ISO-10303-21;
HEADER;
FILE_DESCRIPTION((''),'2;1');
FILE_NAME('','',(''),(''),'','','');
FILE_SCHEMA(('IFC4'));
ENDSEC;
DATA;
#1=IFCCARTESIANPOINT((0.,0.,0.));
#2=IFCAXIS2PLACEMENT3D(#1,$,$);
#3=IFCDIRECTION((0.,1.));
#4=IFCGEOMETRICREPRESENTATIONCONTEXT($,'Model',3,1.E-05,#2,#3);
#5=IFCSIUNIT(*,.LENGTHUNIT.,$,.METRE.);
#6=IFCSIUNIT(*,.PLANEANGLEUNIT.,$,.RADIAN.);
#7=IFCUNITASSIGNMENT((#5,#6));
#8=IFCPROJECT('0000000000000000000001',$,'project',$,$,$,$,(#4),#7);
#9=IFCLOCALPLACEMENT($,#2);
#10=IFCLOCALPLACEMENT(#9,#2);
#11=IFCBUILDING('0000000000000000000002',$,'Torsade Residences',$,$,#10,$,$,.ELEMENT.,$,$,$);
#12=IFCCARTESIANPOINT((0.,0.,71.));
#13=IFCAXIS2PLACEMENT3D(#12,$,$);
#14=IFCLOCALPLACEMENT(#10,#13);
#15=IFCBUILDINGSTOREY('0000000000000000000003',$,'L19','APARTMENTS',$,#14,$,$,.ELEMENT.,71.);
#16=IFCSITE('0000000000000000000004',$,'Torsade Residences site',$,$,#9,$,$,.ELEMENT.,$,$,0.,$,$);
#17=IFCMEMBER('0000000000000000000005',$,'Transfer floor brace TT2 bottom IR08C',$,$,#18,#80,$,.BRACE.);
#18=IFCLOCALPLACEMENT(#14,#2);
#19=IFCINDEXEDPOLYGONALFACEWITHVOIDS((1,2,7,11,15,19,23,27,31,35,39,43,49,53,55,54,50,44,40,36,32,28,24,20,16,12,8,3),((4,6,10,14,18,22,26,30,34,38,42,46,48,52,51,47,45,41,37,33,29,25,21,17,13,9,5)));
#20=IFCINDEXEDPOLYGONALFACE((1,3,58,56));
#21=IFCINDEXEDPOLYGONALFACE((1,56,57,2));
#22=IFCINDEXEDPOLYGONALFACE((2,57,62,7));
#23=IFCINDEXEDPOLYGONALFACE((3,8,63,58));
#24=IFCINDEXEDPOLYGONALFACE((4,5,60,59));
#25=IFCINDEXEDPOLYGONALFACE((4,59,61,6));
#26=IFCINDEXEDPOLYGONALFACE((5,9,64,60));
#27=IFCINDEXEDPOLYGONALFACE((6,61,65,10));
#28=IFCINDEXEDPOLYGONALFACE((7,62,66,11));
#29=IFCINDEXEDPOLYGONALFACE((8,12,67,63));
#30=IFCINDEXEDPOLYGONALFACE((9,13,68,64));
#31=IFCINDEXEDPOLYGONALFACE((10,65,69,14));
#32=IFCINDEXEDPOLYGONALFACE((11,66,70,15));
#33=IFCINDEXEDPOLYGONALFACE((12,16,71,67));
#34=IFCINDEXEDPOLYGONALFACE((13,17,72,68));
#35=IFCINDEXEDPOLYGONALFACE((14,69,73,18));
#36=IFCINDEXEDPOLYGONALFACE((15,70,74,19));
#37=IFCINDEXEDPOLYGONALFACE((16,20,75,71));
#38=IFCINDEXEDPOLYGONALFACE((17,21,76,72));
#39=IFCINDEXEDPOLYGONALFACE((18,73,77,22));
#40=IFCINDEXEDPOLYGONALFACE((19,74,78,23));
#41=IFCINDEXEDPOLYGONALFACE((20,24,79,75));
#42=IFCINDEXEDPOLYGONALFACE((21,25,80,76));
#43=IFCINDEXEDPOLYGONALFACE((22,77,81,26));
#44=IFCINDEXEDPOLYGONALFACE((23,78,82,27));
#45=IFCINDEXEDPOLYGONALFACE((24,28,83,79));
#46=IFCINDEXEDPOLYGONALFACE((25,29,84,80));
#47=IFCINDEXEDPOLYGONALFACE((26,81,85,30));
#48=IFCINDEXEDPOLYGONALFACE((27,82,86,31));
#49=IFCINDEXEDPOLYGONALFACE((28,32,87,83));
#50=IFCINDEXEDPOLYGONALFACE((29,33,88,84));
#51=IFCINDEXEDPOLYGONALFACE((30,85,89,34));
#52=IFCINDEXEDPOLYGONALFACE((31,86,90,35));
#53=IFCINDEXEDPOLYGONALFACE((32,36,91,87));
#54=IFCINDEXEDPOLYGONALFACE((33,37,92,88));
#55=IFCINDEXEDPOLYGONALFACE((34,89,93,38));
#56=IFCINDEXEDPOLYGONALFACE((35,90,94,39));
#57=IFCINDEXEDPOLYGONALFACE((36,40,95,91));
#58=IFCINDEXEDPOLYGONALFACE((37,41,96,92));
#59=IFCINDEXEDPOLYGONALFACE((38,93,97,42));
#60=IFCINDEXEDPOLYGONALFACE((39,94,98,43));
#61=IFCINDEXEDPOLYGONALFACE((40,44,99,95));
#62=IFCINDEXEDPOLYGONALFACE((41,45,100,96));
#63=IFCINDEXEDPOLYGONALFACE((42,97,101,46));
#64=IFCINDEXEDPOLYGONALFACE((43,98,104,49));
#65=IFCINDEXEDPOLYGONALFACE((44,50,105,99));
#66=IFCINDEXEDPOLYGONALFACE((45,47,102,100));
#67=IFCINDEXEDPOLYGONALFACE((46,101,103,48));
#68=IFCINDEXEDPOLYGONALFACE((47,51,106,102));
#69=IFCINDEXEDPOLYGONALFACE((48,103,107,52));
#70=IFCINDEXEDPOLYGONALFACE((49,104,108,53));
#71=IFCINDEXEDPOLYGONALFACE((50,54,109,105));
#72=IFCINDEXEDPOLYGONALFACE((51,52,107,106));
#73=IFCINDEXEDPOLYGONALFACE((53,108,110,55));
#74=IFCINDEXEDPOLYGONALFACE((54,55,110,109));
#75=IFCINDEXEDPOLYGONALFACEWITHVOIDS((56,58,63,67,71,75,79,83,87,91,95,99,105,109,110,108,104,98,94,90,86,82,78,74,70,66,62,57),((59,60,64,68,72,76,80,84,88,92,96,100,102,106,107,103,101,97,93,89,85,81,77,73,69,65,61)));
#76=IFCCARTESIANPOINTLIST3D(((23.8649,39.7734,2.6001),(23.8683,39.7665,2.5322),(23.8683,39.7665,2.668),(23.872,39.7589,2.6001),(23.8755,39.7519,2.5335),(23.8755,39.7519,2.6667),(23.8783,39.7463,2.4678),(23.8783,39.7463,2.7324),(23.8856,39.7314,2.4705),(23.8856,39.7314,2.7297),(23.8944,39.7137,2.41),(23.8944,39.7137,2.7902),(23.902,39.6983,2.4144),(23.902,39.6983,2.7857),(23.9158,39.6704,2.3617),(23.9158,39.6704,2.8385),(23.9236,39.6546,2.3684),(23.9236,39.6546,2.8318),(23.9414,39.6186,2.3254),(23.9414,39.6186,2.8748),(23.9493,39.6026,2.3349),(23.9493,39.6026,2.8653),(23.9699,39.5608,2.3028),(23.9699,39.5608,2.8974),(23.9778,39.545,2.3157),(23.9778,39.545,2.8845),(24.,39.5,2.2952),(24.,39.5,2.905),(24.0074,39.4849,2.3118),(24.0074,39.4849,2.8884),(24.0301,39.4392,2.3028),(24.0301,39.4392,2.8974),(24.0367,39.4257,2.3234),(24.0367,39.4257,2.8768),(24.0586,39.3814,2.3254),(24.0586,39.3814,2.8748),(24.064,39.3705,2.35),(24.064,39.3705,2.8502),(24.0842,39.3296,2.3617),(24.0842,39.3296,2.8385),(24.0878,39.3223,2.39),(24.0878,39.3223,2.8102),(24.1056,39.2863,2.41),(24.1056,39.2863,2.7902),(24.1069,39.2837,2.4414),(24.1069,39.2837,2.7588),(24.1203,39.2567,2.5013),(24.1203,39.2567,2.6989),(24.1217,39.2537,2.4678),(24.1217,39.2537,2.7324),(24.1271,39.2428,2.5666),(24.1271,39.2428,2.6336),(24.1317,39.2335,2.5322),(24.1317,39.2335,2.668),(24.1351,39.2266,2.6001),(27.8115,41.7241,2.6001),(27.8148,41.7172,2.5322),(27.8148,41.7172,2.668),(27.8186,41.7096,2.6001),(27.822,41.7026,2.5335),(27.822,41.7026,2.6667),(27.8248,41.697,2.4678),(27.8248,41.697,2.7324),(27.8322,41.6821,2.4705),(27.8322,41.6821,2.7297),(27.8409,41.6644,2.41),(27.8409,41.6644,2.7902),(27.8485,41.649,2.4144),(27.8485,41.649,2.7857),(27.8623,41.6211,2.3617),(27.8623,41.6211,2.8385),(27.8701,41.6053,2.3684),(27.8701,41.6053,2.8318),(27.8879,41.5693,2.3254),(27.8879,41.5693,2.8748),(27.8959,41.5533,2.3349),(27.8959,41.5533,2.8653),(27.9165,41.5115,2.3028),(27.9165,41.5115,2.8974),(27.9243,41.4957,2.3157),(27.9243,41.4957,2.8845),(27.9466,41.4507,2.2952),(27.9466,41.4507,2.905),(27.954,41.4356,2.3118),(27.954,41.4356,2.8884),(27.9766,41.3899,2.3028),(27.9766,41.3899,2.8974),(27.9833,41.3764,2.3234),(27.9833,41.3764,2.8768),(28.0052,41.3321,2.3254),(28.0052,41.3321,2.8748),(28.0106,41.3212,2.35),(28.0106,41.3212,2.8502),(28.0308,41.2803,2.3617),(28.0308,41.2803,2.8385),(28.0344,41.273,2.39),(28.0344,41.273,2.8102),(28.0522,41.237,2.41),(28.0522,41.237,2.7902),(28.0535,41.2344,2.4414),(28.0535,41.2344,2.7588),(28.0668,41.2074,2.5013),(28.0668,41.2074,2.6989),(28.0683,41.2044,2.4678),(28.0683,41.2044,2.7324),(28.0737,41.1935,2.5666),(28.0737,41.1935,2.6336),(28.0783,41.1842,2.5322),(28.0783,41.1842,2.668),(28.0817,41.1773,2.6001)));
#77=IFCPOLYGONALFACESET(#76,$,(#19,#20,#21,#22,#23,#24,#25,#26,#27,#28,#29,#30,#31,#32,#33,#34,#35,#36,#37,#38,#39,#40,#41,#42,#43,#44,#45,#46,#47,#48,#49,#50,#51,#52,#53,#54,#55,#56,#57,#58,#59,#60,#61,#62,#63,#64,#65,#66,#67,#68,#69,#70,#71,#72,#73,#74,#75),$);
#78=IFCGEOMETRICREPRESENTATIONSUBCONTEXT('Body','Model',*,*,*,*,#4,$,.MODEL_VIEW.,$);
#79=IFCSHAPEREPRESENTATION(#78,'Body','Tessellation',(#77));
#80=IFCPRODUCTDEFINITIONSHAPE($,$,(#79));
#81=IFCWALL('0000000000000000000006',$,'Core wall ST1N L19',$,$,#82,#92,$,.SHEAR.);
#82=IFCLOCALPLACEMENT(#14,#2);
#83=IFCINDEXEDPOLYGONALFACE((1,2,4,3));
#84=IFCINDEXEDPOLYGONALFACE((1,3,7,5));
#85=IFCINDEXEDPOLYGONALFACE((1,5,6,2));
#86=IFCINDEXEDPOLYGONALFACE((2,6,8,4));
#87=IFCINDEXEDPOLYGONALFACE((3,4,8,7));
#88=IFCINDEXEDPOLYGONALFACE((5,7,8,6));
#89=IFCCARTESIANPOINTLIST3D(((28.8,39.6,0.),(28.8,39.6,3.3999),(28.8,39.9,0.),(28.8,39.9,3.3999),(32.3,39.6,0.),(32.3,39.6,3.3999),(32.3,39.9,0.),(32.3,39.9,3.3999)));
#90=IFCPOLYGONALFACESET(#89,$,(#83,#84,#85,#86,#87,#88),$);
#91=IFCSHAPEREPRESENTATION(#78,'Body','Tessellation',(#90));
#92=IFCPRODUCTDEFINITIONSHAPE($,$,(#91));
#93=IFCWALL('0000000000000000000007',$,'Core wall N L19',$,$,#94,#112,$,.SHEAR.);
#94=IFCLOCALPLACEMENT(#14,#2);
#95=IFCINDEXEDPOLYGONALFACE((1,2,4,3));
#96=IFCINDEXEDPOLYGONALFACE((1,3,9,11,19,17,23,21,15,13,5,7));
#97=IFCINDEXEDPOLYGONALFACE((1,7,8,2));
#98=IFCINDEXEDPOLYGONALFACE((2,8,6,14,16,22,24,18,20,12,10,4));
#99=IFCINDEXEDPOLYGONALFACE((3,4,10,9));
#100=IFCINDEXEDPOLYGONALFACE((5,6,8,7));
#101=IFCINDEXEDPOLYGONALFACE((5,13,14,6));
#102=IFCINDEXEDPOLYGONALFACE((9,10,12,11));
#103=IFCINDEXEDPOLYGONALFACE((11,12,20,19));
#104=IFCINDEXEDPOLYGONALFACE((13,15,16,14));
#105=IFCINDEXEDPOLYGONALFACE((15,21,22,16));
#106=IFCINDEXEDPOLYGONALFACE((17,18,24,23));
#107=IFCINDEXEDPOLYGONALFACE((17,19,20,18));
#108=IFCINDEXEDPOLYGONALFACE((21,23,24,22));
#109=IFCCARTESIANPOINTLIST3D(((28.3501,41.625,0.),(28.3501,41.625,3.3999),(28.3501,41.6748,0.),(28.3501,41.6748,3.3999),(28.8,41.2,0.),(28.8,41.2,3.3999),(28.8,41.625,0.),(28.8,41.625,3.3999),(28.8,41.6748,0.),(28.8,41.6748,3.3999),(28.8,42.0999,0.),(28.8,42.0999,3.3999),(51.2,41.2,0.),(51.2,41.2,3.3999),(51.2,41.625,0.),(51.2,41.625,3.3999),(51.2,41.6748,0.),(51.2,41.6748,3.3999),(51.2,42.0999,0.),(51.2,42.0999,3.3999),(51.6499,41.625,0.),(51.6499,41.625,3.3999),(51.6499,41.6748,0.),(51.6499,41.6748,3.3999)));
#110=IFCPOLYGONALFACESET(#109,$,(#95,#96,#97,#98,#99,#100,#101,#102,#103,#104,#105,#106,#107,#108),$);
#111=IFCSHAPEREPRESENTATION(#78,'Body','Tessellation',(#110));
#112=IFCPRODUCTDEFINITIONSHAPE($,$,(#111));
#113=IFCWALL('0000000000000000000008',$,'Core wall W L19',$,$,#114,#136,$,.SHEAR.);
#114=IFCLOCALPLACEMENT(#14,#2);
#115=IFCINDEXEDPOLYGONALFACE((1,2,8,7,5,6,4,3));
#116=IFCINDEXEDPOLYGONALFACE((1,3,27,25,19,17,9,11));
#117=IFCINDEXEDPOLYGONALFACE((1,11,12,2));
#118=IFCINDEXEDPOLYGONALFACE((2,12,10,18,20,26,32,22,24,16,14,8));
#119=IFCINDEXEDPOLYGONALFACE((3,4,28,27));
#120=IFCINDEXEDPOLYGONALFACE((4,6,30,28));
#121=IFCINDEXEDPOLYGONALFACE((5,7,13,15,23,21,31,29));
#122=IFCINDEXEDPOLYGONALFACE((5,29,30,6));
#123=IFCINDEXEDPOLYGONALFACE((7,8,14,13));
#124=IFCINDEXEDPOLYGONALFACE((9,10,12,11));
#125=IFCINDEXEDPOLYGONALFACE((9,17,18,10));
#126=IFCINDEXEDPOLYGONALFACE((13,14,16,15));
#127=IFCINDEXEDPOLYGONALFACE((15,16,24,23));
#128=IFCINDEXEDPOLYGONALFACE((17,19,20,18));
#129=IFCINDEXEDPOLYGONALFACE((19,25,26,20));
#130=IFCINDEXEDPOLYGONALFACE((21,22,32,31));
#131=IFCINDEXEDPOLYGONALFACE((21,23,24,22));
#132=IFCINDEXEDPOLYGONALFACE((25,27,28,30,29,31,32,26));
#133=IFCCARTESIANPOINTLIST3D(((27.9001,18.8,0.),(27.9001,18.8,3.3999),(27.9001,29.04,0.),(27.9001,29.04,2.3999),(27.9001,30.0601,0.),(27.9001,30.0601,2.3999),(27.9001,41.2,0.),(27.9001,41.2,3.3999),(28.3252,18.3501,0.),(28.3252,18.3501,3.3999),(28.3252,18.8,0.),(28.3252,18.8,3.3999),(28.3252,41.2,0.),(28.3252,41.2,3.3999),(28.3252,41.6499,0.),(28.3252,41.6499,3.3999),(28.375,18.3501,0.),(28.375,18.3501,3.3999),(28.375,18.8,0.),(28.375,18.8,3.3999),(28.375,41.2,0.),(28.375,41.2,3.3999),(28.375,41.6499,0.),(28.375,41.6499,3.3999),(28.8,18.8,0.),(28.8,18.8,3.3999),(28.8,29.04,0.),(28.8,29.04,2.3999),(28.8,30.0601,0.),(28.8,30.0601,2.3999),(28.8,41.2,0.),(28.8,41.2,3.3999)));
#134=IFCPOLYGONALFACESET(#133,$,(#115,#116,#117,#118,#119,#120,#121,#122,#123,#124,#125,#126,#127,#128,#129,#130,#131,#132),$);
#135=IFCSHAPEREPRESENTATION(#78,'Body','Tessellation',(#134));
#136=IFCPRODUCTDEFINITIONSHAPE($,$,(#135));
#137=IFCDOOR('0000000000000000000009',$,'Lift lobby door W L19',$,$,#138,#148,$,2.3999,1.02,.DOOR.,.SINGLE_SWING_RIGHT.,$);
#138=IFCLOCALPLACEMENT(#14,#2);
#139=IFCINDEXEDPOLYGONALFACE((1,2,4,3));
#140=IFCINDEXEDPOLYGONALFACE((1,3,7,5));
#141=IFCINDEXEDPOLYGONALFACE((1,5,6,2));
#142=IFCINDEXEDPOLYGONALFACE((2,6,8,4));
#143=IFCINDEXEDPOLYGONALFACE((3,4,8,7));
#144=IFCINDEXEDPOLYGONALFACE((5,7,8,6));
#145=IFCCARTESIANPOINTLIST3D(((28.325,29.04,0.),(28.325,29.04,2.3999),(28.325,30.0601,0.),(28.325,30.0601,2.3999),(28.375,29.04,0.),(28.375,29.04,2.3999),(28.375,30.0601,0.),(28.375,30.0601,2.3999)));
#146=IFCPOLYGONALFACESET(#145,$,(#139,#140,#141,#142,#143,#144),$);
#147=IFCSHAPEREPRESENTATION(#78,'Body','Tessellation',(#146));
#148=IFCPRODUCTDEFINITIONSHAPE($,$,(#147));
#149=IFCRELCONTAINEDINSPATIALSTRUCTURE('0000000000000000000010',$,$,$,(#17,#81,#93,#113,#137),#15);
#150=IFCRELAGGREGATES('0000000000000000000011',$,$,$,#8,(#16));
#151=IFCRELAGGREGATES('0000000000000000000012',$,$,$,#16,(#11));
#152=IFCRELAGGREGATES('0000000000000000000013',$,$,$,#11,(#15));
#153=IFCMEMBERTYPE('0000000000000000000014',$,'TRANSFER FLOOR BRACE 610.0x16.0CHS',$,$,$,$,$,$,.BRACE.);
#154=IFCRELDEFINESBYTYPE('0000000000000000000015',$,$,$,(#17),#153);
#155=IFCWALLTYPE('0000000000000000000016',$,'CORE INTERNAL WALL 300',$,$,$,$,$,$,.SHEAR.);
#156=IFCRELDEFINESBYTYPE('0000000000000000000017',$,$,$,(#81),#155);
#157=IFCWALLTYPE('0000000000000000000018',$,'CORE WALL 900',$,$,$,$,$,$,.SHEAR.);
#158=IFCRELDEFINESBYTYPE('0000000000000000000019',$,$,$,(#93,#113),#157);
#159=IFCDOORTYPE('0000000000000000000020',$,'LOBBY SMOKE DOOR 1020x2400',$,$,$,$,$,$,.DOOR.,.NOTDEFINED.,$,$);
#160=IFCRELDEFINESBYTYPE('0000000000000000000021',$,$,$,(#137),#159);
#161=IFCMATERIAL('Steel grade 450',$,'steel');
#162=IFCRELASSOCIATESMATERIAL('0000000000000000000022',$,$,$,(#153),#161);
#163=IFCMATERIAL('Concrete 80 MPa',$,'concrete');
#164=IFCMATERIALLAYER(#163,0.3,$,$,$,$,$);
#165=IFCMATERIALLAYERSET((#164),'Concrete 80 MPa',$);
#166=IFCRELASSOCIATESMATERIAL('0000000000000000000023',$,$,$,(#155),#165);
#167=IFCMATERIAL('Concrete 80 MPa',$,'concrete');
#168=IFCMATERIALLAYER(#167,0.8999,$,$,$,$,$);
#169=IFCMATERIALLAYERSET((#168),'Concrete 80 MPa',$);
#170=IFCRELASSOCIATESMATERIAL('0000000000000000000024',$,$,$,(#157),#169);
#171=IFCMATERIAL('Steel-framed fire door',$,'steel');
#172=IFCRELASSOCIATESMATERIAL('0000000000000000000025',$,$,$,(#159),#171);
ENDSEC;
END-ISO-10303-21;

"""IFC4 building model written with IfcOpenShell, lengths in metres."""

from ifc_helpers import new_model, si_unit, direction, frame, frame_2d, origin, origin_2d, place, context, subcontext, project, spatial, polyline, rectangle, hollow_circle, outline, extrude, material, layer, layer_set, material_profile, profile_set, type_object, element, fill, save


model = new_model("IFC4")

# Units and contexts
model_context = context("Model", 3, precision=1e-05, world=origin(), true_north=direction((0.0, 1.0)))
body_context = subcontext(model_context, "Body", "Model", "MODEL_VIEW")
ifc_project = project(units=[si_unit("LENGTHUNIT", "METRE"), si_unit("PLANEANGLEUNIT", "RADIAN")], contexts=[model_context])

# Site, building, storey
site_placement = place(None, origin())
site = spatial("IfcSite", under=ifc_project, at=site_placement, Name="Torsade Residences site", CompositionType="ELEMENT", RefElevation=0.0)
building_placement = place(site_placement, origin())
building = spatial("IfcBuilding", under=site, at=building_placement, Name="Torsade Residences", CompositionType="ELEMENT")
storey_placement = place(building_placement, frame((0.0, 0.0, 71.0)))
storey = spatial("IfcBuildingStorey", under=building, at=storey_placement, Name="L19", Description="APARTMENTS", CompositionType="ELEMENT", Elevation=71.0)

# Member
ifc_material_1 = material(Name="Steel grade 450", Category="steel")
ifc_material_profile_1 = material_profile(ifc_material_1, hollow_circle(Radius=0.3049, WallThickness=0.0161, at=origin_2d()), Name="610.0x16.0CHS")
ifc_profile_set_1 = profile_set([ifc_material_profile_1], Name="Steel grade 450")
member_type = type_object("IfcMemberType", Name="TRANSFER FLOOR BRACE 610.0x16.0CHS", PredefinedType="BRACE", material=ifc_profile_set_1)
for number, where, z_axis, x_axis, name in (
    (1, (24.0, 39.5, 2.6001), (0.89647, 0.443105, 0.0), (-0.443105, 0.89647, 0.0), "Transfer floor brace TT2 bottom IR08C"),
):
    element("IfcMember", number, at=place(storey_placement, frame(where, z_axis=z_axis, x_axis=x_axis)), inside=storey, type_object=member_type, Name=name, PredefinedType="BRACE", context=body_context, shape_type="SweptSolid", body=[
        extrude(hollow_circle(Radius=0.3049, WallThickness=0.0161, at=origin_2d()), origin(), (0.0, 0.0, 1.0), 4.4023),
    ])

# Walls
ifc_material_2 = material(Name="Concrete 80 MPa", Category="concrete")
ifc_layer_1 = layer(ifc_material_2, 0.3)
ifc_layer_set_1 = layer_set([ifc_layer_1], Name="Concrete 80 MPa")
wall_type_1 = type_object("IfcWallType", Name="CORE INTERNAL WALL 300", PredefinedType="SHEAR", material=ifc_layer_set_1)
wall_1_placement = place(storey_placement, frame((28.8, 39.75, 0.0), z_axis=(0.0, 0.0, 1.0), x_axis=(1.0, 0.0, 0.0)))
element("IfcWall", 2, at=wall_1_placement, inside=storey, type_object=wall_type_1, Name="Core wall ST1N L19", PredefinedType="SHEAR", context=body_context, shape_type="SweptSolid", body=[
    extrude(rectangle(XDim=3.5, YDim=0.3, at=frame_2d((1.75, 0.0))), origin(), (0.0, 0.0, 1.0), 3.3999),
])
ifc_material_3 = material(Name="Concrete 80 MPa", Category="concrete")
ifc_layer_2 = layer(ifc_material_3, 0.8999)
ifc_layer_set_2 = layer_set([ifc_layer_2], Name="Concrete 80 MPa")
wall_type_2 = type_object("IfcWallType", Name="CORE WALL 900", PredefinedType="SHEAR", material=ifc_layer_set_2)
wall_2_placement = place(storey_placement, frame((28.8, 41.6499, 0.0), z_axis=(0.0, 0.0, 1.0), x_axis=(1.0, 0.0, 0.0)))
element("IfcWall", 3, at=wall_2_placement, inside=storey, type_object=wall_type_2, Name="Core wall N L19", PredefinedType="SHEAR", context=body_context, shape_type="SweptSolid", body=[
    extrude(outline(polyline([(0.0, -0.45), (22.3999, -0.45), (22.3999, -0.0249), (22.8499, -0.0249), (22.8499, 0.0249), (22.3999, 0.0249), (22.3999, 0.45), (0.0, 0.45), (0.0, 0.0249), (-0.45, 0.0249), (-0.45, -0.0249), (0.0, -0.0249), (0.0, -0.45)])), origin(), (0.0, 0.0, 1.0), 3.3999),
])

# Wall, opening, door
wall_3_placement = place(storey_placement, frame((28.3501, 41.2, 0.0), z_axis=(0.0, 0.0, 1.0), x_axis=(0.0, -1.0, 0.0)))
wall_3 = element("IfcWall", 4, at=wall_3_placement, inside=storey, type_object=wall_type_2, Name="Core wall W L19", PredefinedType="SHEAR", context=body_context, shape_type="SweptSolid", body=[
    extrude(outline(polyline([(0.0, -0.45), (22.3999, -0.45), (22.3999, -0.0249), (22.8499, -0.0249), (22.8499, 0.0249), (22.3999, 0.0249), (22.3999, 0.45), (0.0, 0.45), (0.0, 0.0249), (-0.45, 0.0249), (-0.45, -0.0249), (0.0, -0.0249), (0.0, -0.45)])), origin(), (0.0, 0.0, 1.0), 3.3999),
])
opening_1_placement = place(wall_3_placement, frame((11.1399, 0.0, 0.0)))
opening_1 = element("IfcOpeningElement", 5, at=opening_1_placement, cuts=wall_3, PredefinedType="OPENING", context=body_context, shape_type="SweptSolid", body=[
    extrude(rectangle(XDim=1.02, YDim=2.3999, at=frame_2d((0.51, 1.2))), frame((0.0, 0.46, 0.0), z_axis=(0.0, -1.0, 0.0), x_axis=(1.0, 0.0, 0.0)), (0.0, 0.0, 1.0), 0.9199),
])
ifc_material_4 = material(Name="Steel-framed fire door", Category="steel")
door_type_1 = type_object("IfcDoorType", Name="LOBBY SMOKE DOOR 1020x2400", OperationType="NOTDEFINED", PredefinedType="DOOR", material=ifc_material_4)
door_1_placement = place(opening_1_placement, origin())
door_1 = element("IfcDoor", 6, at=door_1_placement, inside=storey, type_object=door_type_1, Name="Lift lobby door W L19", OperationType="SINGLE_SWING_RIGHT", OverallHeight=2.3999, OverallWidth=1.02, PredefinedType="DOOR", context=body_context, shape_type="SweptSolid", body=[
    extrude(rectangle(XDim=1.02, YDim=2.3999, at=frame_2d((0.51, 1.2))), frame((0.0, 0.0249, 0.0), z_axis=(0.0, -1.0, 0.0), x_axis=(1.0, 0.0, 0.0)), (0.0, 0.0, 1.0), 0.05),
])
fill(opening_1, door_1)

save(model, "model.ifc")
